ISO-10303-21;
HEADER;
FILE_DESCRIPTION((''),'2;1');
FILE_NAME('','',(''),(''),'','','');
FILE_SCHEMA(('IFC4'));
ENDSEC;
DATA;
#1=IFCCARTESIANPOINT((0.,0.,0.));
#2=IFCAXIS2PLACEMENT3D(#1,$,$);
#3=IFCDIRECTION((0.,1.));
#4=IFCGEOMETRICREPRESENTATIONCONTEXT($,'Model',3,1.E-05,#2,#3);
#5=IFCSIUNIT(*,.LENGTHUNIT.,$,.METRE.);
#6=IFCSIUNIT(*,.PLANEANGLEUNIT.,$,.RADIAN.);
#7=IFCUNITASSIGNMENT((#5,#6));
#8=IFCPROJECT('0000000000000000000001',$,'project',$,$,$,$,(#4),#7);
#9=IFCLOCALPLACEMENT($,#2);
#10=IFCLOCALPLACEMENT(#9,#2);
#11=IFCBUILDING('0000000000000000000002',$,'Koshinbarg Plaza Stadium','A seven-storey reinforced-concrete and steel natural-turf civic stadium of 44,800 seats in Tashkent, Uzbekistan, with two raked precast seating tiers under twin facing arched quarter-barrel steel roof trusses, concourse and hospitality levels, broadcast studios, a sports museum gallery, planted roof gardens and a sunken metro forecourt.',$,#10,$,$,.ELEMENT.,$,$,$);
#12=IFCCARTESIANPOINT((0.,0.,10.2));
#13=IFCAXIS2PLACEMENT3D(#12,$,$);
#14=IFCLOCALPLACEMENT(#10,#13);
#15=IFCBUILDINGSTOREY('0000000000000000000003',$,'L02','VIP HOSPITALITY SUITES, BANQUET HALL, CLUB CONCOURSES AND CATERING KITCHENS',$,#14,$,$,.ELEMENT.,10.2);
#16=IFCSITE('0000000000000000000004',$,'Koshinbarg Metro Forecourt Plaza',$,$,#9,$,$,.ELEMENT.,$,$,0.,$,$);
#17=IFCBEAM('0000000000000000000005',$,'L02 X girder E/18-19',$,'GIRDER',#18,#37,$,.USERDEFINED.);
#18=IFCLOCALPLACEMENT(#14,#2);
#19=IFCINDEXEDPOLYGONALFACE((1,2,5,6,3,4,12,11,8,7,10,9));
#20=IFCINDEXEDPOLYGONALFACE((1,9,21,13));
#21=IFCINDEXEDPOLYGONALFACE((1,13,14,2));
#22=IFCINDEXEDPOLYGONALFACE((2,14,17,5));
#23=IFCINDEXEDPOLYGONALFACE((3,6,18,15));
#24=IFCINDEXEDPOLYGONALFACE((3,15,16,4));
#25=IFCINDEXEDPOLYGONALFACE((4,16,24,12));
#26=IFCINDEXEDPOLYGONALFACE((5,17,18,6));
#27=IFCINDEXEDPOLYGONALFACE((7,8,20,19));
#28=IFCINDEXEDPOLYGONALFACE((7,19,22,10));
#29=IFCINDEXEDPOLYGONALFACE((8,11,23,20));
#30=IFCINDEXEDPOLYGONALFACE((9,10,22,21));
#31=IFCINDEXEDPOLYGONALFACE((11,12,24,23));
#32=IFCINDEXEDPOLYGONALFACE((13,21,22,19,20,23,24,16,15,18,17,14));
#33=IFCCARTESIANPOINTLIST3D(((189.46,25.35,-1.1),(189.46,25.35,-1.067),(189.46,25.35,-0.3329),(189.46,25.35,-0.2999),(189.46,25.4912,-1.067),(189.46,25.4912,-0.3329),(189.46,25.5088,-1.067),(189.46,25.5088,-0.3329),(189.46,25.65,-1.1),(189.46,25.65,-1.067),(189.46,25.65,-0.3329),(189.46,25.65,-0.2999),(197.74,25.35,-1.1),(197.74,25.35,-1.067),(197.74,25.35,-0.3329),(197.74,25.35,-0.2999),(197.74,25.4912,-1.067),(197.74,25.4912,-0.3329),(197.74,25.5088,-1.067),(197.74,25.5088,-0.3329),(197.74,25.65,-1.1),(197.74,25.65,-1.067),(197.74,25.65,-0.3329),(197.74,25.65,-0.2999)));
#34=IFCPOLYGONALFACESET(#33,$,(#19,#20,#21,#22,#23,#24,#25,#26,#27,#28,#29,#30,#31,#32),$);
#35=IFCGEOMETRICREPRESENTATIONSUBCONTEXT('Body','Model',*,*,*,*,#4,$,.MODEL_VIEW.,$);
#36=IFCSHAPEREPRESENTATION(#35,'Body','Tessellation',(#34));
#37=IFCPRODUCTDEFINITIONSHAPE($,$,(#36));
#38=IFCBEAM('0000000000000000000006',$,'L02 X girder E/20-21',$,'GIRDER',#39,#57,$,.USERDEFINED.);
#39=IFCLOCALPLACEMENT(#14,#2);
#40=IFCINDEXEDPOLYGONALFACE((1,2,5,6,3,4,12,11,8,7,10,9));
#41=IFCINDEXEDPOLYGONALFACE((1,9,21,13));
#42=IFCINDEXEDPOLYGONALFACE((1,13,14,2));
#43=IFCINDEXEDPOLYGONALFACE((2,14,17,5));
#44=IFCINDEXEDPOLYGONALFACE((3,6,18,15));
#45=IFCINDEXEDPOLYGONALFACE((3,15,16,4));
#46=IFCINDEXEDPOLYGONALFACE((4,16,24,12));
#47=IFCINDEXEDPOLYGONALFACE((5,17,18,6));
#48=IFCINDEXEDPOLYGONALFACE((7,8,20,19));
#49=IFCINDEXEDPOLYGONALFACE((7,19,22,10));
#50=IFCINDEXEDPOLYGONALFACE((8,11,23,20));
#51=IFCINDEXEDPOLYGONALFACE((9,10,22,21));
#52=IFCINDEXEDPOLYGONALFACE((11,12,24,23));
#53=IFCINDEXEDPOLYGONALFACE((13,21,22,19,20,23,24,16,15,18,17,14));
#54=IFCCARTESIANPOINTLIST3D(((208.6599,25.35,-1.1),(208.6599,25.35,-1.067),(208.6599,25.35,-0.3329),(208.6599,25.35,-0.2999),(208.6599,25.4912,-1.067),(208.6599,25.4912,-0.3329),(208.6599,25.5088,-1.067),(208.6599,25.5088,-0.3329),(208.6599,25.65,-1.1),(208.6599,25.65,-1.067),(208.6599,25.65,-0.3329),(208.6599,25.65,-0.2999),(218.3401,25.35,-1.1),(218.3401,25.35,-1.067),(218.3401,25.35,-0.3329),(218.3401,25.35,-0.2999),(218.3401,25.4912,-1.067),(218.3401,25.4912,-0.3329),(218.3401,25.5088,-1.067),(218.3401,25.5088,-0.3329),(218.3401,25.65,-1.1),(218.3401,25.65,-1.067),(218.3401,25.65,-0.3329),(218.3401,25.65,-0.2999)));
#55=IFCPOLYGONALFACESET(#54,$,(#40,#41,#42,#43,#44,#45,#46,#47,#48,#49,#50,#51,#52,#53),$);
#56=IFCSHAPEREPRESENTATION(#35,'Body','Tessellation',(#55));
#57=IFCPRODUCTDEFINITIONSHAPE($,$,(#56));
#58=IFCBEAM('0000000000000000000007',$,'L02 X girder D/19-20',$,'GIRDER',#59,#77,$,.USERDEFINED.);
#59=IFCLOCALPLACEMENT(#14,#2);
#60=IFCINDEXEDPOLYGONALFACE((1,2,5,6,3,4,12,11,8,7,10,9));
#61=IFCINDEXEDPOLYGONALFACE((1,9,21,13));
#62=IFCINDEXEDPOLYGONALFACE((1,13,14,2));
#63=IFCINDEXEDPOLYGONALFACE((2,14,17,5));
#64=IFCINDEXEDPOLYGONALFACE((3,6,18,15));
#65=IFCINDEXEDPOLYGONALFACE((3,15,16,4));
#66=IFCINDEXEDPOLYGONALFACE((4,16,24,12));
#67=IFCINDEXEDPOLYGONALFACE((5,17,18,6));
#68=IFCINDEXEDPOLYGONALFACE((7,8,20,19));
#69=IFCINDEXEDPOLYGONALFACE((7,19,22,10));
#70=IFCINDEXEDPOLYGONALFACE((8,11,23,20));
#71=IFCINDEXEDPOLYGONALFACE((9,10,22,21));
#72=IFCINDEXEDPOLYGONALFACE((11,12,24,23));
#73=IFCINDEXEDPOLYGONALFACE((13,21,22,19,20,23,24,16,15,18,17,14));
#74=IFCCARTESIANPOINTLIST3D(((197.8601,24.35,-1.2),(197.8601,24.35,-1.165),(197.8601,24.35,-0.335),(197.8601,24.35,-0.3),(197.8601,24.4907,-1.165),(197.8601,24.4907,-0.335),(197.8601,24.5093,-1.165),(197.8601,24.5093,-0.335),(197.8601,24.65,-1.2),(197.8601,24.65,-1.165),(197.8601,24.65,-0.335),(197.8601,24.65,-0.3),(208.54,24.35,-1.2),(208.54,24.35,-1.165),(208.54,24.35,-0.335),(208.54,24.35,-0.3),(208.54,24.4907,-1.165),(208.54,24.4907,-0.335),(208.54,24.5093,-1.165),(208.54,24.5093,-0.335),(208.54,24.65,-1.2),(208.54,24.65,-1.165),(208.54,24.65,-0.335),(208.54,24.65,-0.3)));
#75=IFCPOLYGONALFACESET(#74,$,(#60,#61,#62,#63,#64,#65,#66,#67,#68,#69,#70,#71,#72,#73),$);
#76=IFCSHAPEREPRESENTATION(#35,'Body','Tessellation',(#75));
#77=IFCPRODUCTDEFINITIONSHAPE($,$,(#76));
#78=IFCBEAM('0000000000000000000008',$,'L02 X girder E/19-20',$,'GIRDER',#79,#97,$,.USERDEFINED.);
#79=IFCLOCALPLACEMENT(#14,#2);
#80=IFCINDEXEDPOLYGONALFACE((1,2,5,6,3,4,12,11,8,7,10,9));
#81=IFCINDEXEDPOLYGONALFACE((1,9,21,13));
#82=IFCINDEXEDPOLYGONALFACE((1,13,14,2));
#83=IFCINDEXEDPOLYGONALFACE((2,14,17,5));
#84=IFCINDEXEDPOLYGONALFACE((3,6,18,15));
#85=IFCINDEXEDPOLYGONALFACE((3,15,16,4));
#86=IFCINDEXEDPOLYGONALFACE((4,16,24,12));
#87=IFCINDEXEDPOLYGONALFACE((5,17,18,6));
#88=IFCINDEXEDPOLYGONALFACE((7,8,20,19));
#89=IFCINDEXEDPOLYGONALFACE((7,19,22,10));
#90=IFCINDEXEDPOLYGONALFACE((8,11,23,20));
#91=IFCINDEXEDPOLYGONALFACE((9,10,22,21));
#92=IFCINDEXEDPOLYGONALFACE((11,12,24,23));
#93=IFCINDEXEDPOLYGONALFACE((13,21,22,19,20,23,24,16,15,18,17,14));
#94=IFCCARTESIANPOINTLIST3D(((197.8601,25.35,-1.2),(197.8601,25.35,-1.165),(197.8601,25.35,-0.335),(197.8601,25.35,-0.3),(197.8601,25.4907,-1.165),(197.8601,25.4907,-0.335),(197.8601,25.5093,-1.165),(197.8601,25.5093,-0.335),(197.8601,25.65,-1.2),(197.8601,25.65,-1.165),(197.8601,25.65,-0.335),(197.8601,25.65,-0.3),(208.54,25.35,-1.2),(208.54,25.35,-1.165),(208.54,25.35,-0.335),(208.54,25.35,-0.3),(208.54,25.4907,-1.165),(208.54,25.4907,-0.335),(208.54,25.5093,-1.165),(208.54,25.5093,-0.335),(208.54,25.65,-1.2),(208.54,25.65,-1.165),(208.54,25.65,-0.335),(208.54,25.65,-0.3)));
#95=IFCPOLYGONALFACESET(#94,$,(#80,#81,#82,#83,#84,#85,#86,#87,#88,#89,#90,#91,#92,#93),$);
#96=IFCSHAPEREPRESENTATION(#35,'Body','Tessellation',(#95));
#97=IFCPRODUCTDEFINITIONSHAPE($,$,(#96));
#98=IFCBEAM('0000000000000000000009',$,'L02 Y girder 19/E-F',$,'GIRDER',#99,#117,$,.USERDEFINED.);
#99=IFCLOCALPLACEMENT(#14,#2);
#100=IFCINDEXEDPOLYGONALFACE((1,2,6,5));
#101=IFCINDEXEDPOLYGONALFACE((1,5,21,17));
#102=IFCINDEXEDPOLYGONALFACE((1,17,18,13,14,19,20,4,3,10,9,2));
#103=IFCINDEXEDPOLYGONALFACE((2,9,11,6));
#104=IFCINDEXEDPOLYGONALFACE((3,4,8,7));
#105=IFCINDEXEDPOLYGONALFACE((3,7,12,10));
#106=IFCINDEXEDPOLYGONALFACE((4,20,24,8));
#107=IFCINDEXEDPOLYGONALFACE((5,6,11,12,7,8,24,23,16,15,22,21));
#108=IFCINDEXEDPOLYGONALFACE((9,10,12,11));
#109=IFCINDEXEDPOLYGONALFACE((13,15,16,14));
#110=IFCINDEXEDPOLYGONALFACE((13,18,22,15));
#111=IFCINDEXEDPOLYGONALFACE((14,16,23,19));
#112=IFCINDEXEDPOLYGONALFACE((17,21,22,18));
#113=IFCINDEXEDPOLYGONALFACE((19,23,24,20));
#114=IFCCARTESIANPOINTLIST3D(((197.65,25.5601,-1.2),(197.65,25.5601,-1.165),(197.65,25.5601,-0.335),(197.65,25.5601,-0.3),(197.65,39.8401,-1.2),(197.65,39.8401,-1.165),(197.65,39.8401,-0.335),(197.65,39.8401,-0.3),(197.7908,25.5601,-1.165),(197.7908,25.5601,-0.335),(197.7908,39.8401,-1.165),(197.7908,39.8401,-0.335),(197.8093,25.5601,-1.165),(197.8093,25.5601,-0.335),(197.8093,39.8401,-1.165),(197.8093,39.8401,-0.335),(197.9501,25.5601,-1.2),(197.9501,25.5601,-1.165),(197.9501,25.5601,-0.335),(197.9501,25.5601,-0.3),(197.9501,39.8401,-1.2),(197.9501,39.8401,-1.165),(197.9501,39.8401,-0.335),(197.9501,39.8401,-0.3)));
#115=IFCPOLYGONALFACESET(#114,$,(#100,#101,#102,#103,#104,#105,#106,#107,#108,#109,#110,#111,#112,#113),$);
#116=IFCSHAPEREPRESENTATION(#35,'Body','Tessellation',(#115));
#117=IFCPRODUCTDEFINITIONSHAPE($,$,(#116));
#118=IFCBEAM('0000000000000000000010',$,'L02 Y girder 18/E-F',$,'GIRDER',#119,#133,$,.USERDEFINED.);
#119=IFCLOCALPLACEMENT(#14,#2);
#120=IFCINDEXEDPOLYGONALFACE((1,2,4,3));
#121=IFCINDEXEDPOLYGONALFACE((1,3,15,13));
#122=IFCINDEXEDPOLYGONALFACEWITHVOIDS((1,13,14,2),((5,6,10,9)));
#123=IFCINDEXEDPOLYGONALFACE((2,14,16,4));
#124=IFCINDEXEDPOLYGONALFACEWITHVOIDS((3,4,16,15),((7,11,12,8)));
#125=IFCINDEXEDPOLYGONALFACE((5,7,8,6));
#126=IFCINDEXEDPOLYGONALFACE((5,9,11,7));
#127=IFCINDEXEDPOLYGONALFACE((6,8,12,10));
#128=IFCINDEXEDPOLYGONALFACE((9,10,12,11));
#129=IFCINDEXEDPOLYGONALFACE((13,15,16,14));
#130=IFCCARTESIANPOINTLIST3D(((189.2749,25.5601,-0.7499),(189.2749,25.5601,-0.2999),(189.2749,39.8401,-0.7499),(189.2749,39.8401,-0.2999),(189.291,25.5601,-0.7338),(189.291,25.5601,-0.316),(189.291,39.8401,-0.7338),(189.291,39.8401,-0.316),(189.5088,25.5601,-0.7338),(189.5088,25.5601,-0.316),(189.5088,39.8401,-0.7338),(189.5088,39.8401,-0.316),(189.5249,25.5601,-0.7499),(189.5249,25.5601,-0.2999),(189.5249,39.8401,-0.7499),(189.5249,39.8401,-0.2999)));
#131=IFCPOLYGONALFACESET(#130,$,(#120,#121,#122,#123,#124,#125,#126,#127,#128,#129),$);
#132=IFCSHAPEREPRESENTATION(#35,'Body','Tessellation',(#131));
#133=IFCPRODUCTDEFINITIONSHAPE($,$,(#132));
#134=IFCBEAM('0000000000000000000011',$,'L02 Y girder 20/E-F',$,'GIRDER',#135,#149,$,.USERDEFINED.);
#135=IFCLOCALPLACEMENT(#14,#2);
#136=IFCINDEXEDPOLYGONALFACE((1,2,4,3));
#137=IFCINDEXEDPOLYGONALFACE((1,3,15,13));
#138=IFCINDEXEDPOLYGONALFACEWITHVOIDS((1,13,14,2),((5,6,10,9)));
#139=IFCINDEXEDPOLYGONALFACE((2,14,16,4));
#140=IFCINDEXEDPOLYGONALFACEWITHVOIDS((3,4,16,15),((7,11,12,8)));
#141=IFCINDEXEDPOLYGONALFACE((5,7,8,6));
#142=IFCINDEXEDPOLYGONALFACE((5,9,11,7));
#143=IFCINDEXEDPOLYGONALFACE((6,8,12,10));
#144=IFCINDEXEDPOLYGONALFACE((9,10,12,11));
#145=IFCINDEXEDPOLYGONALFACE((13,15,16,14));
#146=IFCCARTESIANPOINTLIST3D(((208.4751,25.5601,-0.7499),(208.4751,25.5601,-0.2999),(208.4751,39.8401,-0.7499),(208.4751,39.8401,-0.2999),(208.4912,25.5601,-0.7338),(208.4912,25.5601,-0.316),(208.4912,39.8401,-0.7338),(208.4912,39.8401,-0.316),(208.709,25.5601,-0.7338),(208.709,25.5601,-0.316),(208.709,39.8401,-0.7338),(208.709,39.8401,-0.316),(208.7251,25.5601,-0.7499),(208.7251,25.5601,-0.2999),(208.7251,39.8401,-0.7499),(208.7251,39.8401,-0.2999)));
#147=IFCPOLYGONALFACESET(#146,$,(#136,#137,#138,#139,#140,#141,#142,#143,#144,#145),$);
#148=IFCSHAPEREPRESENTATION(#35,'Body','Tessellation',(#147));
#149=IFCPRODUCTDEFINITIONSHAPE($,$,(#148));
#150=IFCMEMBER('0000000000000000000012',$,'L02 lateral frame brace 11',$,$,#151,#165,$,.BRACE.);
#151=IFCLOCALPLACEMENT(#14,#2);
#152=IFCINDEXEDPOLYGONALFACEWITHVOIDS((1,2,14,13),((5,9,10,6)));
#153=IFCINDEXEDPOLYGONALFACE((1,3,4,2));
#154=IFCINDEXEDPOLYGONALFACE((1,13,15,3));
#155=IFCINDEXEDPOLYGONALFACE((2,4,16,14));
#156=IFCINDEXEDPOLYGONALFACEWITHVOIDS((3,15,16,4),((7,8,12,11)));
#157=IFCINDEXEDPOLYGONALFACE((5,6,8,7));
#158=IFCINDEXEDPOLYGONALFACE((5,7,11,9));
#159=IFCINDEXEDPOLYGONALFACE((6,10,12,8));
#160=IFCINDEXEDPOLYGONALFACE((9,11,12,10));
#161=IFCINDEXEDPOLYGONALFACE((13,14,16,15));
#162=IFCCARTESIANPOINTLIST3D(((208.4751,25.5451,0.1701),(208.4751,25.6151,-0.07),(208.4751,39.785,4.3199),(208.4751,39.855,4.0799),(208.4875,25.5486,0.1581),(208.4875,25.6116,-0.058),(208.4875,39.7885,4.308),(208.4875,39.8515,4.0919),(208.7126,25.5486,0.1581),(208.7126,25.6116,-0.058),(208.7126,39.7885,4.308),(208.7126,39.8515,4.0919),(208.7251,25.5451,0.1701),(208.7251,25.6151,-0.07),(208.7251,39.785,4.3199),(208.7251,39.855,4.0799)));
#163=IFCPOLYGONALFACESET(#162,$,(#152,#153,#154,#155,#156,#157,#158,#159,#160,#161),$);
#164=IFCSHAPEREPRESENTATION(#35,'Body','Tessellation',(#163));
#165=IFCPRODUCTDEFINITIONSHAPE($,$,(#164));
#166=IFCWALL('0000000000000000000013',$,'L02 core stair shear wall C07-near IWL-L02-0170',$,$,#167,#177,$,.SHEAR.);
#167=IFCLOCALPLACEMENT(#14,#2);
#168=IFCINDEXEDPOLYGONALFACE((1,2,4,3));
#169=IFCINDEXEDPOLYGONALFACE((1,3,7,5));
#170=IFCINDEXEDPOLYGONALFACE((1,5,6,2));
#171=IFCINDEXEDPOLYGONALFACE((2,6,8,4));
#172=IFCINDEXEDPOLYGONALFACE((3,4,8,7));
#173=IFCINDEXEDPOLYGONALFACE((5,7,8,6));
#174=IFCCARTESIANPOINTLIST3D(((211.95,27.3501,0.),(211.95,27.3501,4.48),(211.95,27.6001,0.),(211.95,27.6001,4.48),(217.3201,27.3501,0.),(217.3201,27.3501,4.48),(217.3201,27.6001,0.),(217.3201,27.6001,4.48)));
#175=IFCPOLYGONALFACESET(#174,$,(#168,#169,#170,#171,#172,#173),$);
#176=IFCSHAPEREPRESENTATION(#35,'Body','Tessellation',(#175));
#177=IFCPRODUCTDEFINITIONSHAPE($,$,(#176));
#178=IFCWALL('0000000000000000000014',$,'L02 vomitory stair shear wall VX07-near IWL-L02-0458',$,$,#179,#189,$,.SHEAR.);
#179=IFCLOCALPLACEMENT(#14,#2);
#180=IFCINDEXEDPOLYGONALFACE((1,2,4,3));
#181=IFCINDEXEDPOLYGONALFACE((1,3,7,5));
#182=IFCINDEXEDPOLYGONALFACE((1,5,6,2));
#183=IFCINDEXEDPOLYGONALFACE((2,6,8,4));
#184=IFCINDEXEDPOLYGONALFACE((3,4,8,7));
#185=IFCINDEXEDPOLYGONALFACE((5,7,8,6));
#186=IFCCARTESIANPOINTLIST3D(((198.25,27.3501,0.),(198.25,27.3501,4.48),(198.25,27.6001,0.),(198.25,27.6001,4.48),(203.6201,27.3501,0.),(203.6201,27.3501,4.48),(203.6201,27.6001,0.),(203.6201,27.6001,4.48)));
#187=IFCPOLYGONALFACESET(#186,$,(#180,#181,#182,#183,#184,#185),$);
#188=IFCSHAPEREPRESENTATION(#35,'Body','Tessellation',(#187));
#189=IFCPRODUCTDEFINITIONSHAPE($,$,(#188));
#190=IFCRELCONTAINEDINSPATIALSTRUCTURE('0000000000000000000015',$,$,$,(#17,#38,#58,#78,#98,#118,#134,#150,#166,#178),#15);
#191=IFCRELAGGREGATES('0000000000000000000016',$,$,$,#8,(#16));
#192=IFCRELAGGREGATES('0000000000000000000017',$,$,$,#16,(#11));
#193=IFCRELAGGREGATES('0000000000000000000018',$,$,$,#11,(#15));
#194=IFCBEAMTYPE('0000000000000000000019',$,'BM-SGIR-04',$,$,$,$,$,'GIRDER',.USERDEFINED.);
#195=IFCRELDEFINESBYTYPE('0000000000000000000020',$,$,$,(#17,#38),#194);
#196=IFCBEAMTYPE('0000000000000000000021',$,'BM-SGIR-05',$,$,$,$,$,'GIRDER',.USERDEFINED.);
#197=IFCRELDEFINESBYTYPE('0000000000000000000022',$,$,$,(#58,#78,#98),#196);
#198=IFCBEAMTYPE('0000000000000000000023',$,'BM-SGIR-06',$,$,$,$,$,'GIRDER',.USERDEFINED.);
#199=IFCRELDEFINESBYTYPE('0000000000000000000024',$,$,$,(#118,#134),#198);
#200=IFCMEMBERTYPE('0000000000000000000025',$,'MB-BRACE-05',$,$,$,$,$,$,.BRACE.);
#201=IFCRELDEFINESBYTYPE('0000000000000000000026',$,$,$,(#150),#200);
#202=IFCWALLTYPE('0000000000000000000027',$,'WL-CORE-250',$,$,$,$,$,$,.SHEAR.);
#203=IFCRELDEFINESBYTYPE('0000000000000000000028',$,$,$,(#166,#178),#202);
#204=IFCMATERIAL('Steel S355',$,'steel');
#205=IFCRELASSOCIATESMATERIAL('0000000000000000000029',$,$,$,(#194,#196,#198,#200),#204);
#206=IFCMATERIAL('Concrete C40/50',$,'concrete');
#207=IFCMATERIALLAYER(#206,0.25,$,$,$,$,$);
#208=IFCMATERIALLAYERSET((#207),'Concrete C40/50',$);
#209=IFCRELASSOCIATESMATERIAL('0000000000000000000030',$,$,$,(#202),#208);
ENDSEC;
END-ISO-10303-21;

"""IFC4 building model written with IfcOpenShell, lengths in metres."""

from ifc_helpers import new_model, si_unit, direction, frame, frame_2d, origin, origin_2d, place, context, subcontext, project, spatial, rectangle, hollow_rectangle, i_section, extrude, material, layer, layer_set, material_profile, profile_set, type_object, element, save


model = new_model("IFC4")

# Units and contexts
model_context = context("Model", 3, precision=1e-05, world=origin(), true_north=direction((0.0, 1.0)))
body_context = subcontext(model_context, "Body", "Model", "MODEL_VIEW")
ifc_project = project(units=[si_unit("LENGTHUNIT", "METRE"), si_unit("PLANEANGLEUNIT", "RADIAN")], contexts=[model_context])

# Site, building, storey
site_placement = place(None, origin())
site = spatial("IfcSite", under=ifc_project, at=site_placement, Name="Koshinbarg Metro Forecourt Plaza", CompositionType="ELEMENT", RefElevation=0.0)
building_placement = place(site_placement, origin())
building = spatial("IfcBuilding", under=site, at=building_placement, Name="Koshinbarg Plaza Stadium", Description="A seven-storey reinforced-concrete and steel natural-turf civic stadium of 44,800 seats in Tashkent, Uzbekistan, with two raked precast seating tiers under twin facing arched quarter-barrel steel roof trusses, concourse and hospitality levels, broadcast studios, a sports museum gallery, planted roof gardens and a sunken metro forecourt.", CompositionType="ELEMENT")
storey_placement = place(building_placement, frame((0.0, 0.0, 10.2)))
storey = spatial("IfcBuildingStorey", under=building, at=storey_placement, Name="L02", Description="VIP HOSPITALITY SUITES, BANQUET HALL, CLUB CONCOURSES AND CATERING KITCHENS", CompositionType="ELEMENT", Elevation=10.2)

# Shared definitions
ifc_material_1 = material(Name="Concrete C40/50", Category="concrete")

# Beams
ifc_material_2 = material(Name="Steel S355", Category="steel")
ifc_material_profile_1 = material_profile(ifc_material_2, i_section(OverallWidth=0.3, OverallDepth=0.8, WebThickness=0.0176, FlangeThickness=0.033, at=origin_2d()), Name="HEB 800")
ifc_profile_set_1 = profile_set([ifc_material_profile_1], Name="Steel S355")
beam_type_1 = type_object("IfcBeamType", Name="BM-SGIR-04", ElementType="GIRDER", PredefinedType="USERDEFINED", material=ifc_profile_set_1)
beam_1_placement = place(storey_placement, frame((189.46, 25.5, -0.7), z_axis=(1.0, 0.0, 0.0), x_axis=(0.0, 1.0, 0.0)))
element("IfcBeam", 1, at=beam_1_placement, inside=storey, type_object=beam_type_1, Name="L02 X girder E/18-19", ObjectType="GIRDER", PredefinedType="USERDEFINED", context=body_context, shape_type="SweptSolid", body=[
    extrude(i_section(OverallWidth=0.3, OverallDepth=0.8, WebThickness=0.0176, FlangeThickness=0.033, at=origin_2d()), origin(), (0.0, 0.0, 1.0), 8.28),
])
beam_2_placement = place(storey_placement, frame((208.6599, 25.5, -0.7), z_axis=(1.0, 0.0, 0.0), x_axis=(0.0, 1.0, 0.0)))
element("IfcBeam", 2, at=beam_2_placement, inside=storey, type_object=beam_type_1, Name="L02 X girder E/20-21", ObjectType="GIRDER", PredefinedType="USERDEFINED", context=body_context, shape_type="SweptSolid", body=[
    extrude(i_section(OverallWidth=0.3, OverallDepth=0.8, WebThickness=0.0176, FlangeThickness=0.033, at=origin_2d()), origin(), (0.0, 0.0, 1.0), 9.6802),
])
ifc_material_profile_2 = material_profile(ifc_material_2, i_section(OverallWidth=0.3, OverallDepth=0.8999, WebThickness=0.0186, FlangeThickness=0.0349, at=origin_2d()), Name="HEB 900")
ifc_profile_set_2 = profile_set([ifc_material_profile_2], Name="Steel S355")
beam_type_2 = type_object("IfcBeamType", Name="BM-SGIR-05", ElementType="GIRDER", PredefinedType="USERDEFINED", material=ifc_profile_set_2)
for number, where, z_axis, x_axis, name in (
    (3, (197.8601, 24.5, -0.75), (1.0, 0.0, 0.0), (0.0, 1.0, 0.0), "L02 X girder D/19-20"),
    (4, (197.8601, 25.5, -0.75), (1.0, 0.0, 0.0), (0.0, 1.0, 0.0), "L02 X girder E/19-20"),
):
    element("IfcBeam", number, at=place(storey_placement, frame(where, z_axis=z_axis, x_axis=x_axis)), inside=storey, type_object=beam_type_2, Name=name, ObjectType="GIRDER", PredefinedType="USERDEFINED", context=body_context, shape_type="SweptSolid", body=[
        extrude(i_section(OverallWidth=0.3, OverallDepth=0.8999, WebThickness=0.0186, FlangeThickness=0.0349, at=origin_2d()), origin(), (0.0, 0.0, 1.0), 10.6799),
    ])
beam_3_placement = place(storey_placement, frame((197.8, 25.5601, -0.75), z_axis=(0.0, 1.0, 0.0), x_axis=(-1.0, 0.0, 0.0)))
element("IfcBeam", 5, at=beam_3_placement, inside=storey, type_object=beam_type_2, Name="L02 Y girder 19/E-F", ObjectType="GIRDER", PredefinedType="USERDEFINED", context=body_context, shape_type="SweptSolid", body=[
    extrude(i_section(OverallWidth=0.3, OverallDepth=0.8999, WebThickness=0.0186, FlangeThickness=0.0349, at=origin_2d()), origin(), (0.0, 0.0, 1.0), 14.28),
])
ifc_material_profile_3 = material_profile(ifc_material_2, hollow_rectangle(XDim=0.25, YDim=0.45, WallThickness=0.0161, at=origin_2d()), Name="RHS 450x250x16")
ifc_profile_set_3 = profile_set([ifc_material_profile_3], Name="Steel S355")
beam_type_3 = type_object("IfcBeamType", Name="BM-SGIR-06", ElementType="GIRDER", PredefinedType="USERDEFINED", material=ifc_profile_set_3)
for number, where, z_axis, x_axis, name in (
    (6, (189.3999, 25.5601, -0.5249), (0.0, 1.0, 0.0), (-1.0, 0.0, 0.0), "L02 Y girder 18/E-F"),
    (7, (208.6001, 25.5601, -0.5249), (0.0, 1.0, 0.0), (-1.0, 0.0, 0.0), "L02 Y girder 20/E-F"),
):
    element("IfcBeam", number, at=place(storey_placement, frame(where, z_axis=z_axis, x_axis=x_axis)), inside=storey, type_object=beam_type_3, Name=name, ObjectType="GIRDER", PredefinedType="USERDEFINED", context=body_context, shape_type="SweptSolid", body=[
        extrude(hollow_rectangle(XDim=0.25, YDim=0.45, WallThickness=0.0161, at=origin_2d()), origin(), (0.0, 0.0, 1.0), 14.28),
    ])

# Member
ifc_material_profile_4 = material_profile(ifc_material_2, hollow_rectangle(XDim=0.25, YDim=0.25, WallThickness=0.0125, at=origin_2d()), Name="SHS 250x250x12.5")
ifc_profile_set_4 = profile_set([ifc_material_profile_4], Name="Steel S355")
member_type = type_object("IfcMemberType", Name="MB-BRACE-05", PredefinedType="BRACE", material=ifc_profile_set_4)
member_placement = place(storey_placement, frame((208.6001, 25.5801, 0.05), z_axis=(0.0, 0.960062, 0.279787), x_axis=(-1.0, 0.0, 0.0)))
element("IfcMember", 8, at=member_placement, inside=storey, type_object=member_type, Name="L02 lateral frame brace 11", PredefinedType="BRACE", context=body_context, shape_type="SweptSolid", body=[
    extrude(hollow_rectangle(XDim=0.25, YDim=0.25, WallThickness=0.0125, at=origin_2d()), origin(), (0.0, 0.0, 1.0), 14.8323),
])

# Walls
ifc_layer_1 = layer(ifc_material_1, 0.25)
ifc_layer_set_1 = layer_set([ifc_layer_1], Name="Concrete C40/50")
wall_type_1 = type_object("IfcWallType", Name="WL-CORE-250", PredefinedType="SHEAR", material=ifc_layer_set_1)
for number, where, z_axis, x_axis, name in (
    (9, (211.95, 27.4751, 0.0), (0.0, 0.0, 1.0), (1.0, 0.0, 0.0), "L02 core stair shear wall C07-near IWL-L02-0170"),
    (10, (198.25, 27.4751, 0.0), (0.0, 0.0, 1.0), (1.0, 0.0, 0.0), "L02 vomitory stair shear wall VX07-near IWL-L02-0458"),
):
    element("IfcWall", number, at=place(storey_placement, frame(where, z_axis=z_axis, x_axis=x_axis)), inside=storey, type_object=wall_type_1, Name=name, PredefinedType="SHEAR", context=body_context, shape_type="SweptSolid", body=[
        extrude(rectangle(XDim=5.3701, YDim=0.25, at=frame_2d((2.6851, 0.0))), origin(), (0.0, 0.0, 1.0), 4.48),
    ])

save(model, "model.ifc")
